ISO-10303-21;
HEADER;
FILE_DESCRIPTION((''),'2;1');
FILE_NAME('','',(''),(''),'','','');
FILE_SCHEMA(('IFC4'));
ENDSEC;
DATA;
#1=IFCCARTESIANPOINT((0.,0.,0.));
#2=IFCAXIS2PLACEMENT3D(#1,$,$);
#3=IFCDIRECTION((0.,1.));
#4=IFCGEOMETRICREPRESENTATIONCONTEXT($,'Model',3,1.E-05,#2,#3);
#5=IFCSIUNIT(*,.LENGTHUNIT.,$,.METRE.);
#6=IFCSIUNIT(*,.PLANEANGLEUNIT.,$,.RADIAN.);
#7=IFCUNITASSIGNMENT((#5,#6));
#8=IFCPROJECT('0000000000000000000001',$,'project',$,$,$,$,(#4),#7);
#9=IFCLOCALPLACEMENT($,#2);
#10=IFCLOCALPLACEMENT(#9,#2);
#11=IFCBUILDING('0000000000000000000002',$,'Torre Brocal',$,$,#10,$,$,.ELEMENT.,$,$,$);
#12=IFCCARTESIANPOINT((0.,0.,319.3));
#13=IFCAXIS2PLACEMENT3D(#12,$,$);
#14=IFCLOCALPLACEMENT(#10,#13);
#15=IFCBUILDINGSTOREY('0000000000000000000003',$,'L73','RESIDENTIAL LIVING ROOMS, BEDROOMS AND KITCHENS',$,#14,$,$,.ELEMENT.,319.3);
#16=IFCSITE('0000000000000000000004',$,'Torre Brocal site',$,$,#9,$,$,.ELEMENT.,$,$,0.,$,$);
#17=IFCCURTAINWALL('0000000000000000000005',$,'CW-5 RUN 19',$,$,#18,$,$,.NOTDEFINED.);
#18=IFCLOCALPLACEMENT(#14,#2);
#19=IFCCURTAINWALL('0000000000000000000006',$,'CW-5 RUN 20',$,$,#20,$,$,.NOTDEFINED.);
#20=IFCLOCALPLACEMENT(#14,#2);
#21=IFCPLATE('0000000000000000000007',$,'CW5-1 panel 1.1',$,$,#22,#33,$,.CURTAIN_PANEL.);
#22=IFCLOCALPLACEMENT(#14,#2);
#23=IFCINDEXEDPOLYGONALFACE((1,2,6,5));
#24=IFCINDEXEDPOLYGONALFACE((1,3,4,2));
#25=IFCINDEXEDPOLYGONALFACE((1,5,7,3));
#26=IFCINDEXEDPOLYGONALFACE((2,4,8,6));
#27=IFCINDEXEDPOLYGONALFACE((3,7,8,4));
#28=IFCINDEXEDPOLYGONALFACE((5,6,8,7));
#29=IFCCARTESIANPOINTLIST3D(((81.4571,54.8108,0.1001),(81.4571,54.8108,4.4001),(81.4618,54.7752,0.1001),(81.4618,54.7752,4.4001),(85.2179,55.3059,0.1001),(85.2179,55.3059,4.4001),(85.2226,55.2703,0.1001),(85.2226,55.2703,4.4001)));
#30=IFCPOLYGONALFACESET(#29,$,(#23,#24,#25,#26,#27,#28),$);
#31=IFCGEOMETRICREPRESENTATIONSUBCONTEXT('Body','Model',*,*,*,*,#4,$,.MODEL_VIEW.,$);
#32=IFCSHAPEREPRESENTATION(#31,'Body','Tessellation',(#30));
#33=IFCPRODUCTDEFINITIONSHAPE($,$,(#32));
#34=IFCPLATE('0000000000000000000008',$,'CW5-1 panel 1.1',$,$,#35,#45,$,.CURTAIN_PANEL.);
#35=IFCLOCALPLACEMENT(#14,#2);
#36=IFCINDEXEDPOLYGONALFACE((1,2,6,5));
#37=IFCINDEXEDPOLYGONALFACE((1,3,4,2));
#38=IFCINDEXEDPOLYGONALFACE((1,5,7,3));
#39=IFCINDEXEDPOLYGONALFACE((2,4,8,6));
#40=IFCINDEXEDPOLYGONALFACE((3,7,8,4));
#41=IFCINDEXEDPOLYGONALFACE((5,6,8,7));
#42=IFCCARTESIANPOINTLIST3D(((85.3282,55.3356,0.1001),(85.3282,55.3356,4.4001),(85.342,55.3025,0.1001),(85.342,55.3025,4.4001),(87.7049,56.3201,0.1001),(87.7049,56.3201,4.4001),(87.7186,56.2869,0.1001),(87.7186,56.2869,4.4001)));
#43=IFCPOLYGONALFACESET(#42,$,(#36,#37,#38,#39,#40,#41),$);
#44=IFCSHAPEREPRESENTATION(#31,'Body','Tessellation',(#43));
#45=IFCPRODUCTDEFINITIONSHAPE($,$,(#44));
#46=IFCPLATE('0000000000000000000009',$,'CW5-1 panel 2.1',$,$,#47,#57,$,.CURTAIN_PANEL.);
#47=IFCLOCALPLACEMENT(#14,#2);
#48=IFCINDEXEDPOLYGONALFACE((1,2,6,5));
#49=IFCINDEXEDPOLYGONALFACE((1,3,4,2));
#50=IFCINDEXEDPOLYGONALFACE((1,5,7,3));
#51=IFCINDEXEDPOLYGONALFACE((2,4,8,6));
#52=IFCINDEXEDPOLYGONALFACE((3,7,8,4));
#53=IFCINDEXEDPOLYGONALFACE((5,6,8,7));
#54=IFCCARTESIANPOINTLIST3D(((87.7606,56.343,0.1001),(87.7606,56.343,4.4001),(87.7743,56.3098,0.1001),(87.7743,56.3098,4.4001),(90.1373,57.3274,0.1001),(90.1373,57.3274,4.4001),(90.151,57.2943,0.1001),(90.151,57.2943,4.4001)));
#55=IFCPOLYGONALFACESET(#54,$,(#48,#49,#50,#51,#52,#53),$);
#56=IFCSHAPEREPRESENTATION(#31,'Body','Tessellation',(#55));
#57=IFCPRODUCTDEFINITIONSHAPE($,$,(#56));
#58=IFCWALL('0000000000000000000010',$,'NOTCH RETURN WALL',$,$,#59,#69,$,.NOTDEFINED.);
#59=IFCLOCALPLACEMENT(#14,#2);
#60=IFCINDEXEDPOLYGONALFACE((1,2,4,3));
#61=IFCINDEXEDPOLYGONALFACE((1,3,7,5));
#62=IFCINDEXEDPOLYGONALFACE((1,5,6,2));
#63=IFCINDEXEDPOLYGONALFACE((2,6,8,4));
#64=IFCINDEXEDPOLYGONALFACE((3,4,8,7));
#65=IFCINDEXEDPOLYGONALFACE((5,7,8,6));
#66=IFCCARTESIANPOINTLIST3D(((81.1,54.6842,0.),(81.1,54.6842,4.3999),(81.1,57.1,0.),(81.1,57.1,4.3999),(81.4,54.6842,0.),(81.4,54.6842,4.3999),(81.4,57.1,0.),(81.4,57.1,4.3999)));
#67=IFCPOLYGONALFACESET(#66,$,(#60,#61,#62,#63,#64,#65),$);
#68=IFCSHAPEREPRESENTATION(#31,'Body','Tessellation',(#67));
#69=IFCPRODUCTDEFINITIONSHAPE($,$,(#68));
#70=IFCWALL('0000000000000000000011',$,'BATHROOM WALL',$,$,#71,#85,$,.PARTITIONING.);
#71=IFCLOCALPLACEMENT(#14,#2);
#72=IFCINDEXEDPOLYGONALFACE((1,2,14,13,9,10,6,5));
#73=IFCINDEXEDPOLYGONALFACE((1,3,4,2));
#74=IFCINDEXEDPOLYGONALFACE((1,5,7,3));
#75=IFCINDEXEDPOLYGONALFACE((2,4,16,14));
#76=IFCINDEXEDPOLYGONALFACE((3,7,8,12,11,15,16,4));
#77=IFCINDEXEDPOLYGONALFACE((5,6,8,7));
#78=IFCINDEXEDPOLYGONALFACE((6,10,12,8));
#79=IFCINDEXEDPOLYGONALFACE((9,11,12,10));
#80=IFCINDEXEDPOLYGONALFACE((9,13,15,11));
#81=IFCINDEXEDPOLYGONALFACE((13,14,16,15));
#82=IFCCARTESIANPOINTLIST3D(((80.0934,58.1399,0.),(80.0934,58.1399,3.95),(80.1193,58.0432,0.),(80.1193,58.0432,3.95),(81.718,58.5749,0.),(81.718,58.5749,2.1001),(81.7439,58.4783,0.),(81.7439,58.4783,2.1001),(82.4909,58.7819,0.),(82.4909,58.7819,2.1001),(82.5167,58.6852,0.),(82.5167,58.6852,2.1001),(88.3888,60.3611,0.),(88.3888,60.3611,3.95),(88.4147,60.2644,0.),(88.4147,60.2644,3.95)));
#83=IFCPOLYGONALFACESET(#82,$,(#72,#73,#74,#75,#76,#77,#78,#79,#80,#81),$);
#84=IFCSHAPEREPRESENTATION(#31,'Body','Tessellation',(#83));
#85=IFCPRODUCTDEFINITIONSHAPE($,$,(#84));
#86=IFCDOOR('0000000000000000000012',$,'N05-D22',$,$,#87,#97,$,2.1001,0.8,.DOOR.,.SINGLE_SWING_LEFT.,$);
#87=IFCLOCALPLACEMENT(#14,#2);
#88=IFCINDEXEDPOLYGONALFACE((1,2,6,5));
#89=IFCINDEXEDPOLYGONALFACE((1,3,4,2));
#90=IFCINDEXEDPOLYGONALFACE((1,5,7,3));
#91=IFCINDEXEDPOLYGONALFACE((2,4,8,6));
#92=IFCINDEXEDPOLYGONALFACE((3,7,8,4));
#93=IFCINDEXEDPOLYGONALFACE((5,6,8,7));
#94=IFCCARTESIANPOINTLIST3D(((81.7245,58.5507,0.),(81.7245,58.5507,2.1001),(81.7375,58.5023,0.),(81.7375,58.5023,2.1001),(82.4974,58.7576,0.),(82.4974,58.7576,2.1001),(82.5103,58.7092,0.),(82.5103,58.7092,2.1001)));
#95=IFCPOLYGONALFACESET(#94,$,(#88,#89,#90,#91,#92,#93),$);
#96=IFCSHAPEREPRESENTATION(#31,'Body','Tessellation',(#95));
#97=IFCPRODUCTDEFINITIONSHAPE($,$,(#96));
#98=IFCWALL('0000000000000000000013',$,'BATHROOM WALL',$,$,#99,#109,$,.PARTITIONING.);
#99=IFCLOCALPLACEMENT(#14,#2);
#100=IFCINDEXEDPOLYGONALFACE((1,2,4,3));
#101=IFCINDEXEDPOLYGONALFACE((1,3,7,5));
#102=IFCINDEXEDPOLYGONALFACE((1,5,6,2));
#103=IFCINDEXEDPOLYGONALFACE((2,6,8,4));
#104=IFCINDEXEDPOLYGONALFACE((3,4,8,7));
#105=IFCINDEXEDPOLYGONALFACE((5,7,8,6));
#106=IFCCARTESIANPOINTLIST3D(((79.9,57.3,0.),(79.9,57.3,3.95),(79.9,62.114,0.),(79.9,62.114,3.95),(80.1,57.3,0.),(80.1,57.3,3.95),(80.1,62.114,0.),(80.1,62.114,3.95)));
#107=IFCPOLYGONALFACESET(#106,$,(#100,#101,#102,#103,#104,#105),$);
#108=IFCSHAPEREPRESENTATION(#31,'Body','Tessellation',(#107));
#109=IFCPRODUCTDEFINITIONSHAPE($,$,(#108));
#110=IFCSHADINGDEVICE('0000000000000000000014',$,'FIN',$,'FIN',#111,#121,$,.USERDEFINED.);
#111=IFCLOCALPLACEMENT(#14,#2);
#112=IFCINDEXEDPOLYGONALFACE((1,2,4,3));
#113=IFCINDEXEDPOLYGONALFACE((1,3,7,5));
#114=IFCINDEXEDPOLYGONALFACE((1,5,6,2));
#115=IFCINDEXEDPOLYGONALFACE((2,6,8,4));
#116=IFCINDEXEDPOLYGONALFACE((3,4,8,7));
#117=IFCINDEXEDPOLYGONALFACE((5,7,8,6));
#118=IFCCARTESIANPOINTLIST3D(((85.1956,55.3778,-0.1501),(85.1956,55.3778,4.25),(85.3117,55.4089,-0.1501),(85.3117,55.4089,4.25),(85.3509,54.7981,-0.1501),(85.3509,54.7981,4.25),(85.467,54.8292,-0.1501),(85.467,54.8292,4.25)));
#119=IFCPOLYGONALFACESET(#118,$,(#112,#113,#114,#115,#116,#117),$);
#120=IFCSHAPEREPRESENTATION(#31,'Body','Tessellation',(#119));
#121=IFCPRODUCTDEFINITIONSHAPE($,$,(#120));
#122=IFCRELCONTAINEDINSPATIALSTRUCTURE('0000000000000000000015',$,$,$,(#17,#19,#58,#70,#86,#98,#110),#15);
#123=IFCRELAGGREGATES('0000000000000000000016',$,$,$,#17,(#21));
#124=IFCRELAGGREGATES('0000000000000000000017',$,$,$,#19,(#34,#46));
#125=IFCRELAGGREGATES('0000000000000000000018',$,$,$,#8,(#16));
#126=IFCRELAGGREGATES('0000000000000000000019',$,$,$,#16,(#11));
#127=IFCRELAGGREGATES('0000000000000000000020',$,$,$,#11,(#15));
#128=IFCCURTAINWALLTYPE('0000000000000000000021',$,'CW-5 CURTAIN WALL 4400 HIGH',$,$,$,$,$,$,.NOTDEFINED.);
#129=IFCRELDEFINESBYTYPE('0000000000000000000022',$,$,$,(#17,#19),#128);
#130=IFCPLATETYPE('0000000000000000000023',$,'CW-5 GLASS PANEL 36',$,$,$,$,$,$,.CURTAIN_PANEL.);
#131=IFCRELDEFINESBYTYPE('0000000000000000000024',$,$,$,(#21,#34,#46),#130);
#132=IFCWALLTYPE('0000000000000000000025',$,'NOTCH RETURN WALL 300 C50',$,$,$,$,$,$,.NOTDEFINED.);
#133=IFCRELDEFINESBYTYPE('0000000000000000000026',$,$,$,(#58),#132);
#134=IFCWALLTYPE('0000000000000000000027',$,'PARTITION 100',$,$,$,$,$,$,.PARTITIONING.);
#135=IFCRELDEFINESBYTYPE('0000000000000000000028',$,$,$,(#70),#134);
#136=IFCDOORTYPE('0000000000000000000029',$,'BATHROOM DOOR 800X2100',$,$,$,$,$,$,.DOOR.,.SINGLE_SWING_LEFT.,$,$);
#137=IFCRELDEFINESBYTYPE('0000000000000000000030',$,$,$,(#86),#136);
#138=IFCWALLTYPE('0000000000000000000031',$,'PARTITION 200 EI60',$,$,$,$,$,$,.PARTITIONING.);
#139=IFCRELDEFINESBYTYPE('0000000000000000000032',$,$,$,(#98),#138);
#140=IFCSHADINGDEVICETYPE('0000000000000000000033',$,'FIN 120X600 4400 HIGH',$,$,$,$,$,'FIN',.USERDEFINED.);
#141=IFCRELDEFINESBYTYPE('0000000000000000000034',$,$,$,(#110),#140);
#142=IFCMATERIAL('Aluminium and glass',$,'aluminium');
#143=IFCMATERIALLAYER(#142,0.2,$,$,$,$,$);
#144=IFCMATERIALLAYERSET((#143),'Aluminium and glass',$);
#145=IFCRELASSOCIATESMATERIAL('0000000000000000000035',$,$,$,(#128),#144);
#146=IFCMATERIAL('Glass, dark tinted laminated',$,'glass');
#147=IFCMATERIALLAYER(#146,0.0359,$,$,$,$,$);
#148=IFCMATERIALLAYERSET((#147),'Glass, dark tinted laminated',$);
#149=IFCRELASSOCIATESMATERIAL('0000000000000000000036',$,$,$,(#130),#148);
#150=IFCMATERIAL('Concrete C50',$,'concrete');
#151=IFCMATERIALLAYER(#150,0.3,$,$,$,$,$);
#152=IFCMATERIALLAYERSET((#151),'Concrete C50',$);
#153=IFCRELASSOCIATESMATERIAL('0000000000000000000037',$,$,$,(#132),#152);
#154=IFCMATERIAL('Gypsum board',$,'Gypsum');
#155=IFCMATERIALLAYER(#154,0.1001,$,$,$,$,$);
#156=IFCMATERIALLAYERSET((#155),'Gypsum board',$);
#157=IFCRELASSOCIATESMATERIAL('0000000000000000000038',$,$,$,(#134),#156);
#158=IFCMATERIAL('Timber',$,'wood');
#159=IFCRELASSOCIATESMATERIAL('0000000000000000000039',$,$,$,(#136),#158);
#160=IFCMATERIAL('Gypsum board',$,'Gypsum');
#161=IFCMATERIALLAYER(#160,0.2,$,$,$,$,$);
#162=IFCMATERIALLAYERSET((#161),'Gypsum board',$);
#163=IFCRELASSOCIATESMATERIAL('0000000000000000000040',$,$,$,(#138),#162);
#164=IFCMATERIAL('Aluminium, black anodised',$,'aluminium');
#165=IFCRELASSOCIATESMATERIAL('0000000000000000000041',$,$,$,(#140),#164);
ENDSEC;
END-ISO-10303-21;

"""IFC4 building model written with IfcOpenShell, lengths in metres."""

from ifc_helpers import new_model, si_unit, direction, frame, frame_2d, origin, origin_2d, place, context, subcontext, project, spatial, rectangle, extrude, material, layer, layer_set, material_profile, profile_set, type_object, element, fill, aggregate, save


model = new_model("IFC4")

# Units and contexts
model_context = context("Model", 3, precision=1e-05, world=origin(), true_north=direction((0.0, 1.0)))
body_context = subcontext(model_context, "Body", "Model", "MODEL_VIEW")
ifc_project = project(units=[si_unit("LENGTHUNIT", "METRE"), si_unit("PLANEANGLEUNIT", "RADIAN")], contexts=[model_context])

# Site, building, storey
site_placement = place(None, origin())
site = spatial("IfcSite", under=ifc_project, at=site_placement, Name="Torre Brocal site", CompositionType="ELEMENT", RefElevation=0.0)
building_placement = place(site_placement, origin())
building = spatial("IfcBuilding", under=site, at=building_placement, Name="Torre Brocal", CompositionType="ELEMENT")
storey_placement = place(building_placement, frame((0.0, 0.0, 319.3)))
storey = spatial("IfcBuildingStorey", under=building, at=storey_placement, Name="L73", Description="RESIDENTIAL LIVING ROOMS, BEDROOMS AND KITCHENS", CompositionType="ELEMENT", Elevation=319.3)

# Curtain walls
ifc_material_1 = material(Name="Aluminium and glass", Category="aluminium")
ifc_layer_1 = layer(ifc_material_1, 0.2)
ifc_layer_set_1 = layer_set([ifc_layer_1], Name="Aluminium and glass")
curtain_wall_type = type_object("IfcCurtainWallType", Name="CW-5 CURTAIN WALL 4400 HIGH", PredefinedType="NOTDEFINED", material=ifc_layer_set_1)
curtain_wall_1_placement = place(storey_placement, origin())
curtain_wall_1 = element("IfcCurtainWall", 1, at=curtain_wall_1_placement, inside=storey, type_object=curtain_wall_type, Name="CW-5 RUN 19", PredefinedType="NOTDEFINED")
curtain_wall_2_placement = place(storey_placement, origin())
curtain_wall_2 = element("IfcCurtainWall", 2, at=curtain_wall_2_placement, inside=storey, type_object=curtain_wall_type, Name="CW-5 RUN 20", PredefinedType="NOTDEFINED")

# Plates
ifc_material_2 = material(Name="Glass, dark tinted laminated", Category="glass")
ifc_layer_2 = layer(ifc_material_2, 0.0359)
ifc_layer_set_2 = layer_set([ifc_layer_2], Name="Glass, dark tinted laminated")
plate_type = type_object("IfcPlateType", Name="CW-5 GLASS PANEL 36", PredefinedType="CURTAIN_PANEL", material=ifc_layer_set_2)
plate_1_placement = place(storey_placement, frame((83.3398, 55.0405, 0.1001), z_axis=(0.0, 0.0, 1.0), x_axis=(0.991445, 0.130526, 0.0)))
plate_1 = element("IfcPlate", 3, at=plate_1_placement, type_object=plate_type, Name="CW5-1 panel 1.1", PredefinedType="CURTAIN_PANEL", context=body_context, shape_type="SweptSolid", body=[
    extrude(rectangle(XDim=3.7932, YDim=0.0359, at=origin_2d()), origin(), (0.0, 0.0, 1.0), 4.3),
])
aggregate(curtain_wall_1, [plate_1])
plate_2_placement = place(storey_placement, frame((86.5234, 55.8113, 0.1001), z_axis=(0.0, 0.0, 1.0), x_axis=(0.92388, 0.382683, 0.0)))
plate_2 = element("IfcPlate", 4, at=plate_2_placement, type_object=plate_type, Name="CW5-1 panel 1.1", PredefinedType="CURTAIN_PANEL", context=body_context, shape_type="SweptSolid", body=[
    extrude(rectangle(XDim=2.5725, YDim=0.0359, at=origin_2d()), origin(), (0.0, 0.0, 1.0), 4.3),
])
plate_3_placement = place(storey_placement, frame((88.9558, 56.8186, 0.1001), z_axis=(0.0, 0.0, 1.0), x_axis=(0.92388, 0.382683, 0.0)))
plate_3 = element("IfcPlate", 5, at=plate_3_placement, type_object=plate_type, Name="CW5-1 panel 2.1", PredefinedType="CURTAIN_PANEL", context=body_context, shape_type="SweptSolid", body=[
    extrude(rectangle(XDim=2.5725, YDim=0.0359, at=origin_2d()), origin(), (0.0, 0.0, 1.0), 4.3),
])
aggregate(curtain_wall_2, [plate_2, plate_3])

# Wall
ifc_material_3 = material(Name="Concrete C50", Category="concrete")
ifc_layer_3 = layer(ifc_material_3, 0.3)
ifc_layer_set_3 = layer_set([ifc_layer_3], Name="Concrete C50")
wall_type_1 = type_object("IfcWallType", Name="NOTCH RETURN WALL 300 C50", PredefinedType="NOTDEFINED", material=ifc_layer_set_3)
wall_1_placement = place(storey_placement, frame((81.25, 57.1001, 0.0), z_axis=(0.0, 0.0, 1.0), x_axis=(0.0, -1.0, 0.0)))
element("IfcWall", 6, at=wall_1_placement, inside=storey, type_object=wall_type_1, Name="NOTCH RETURN WALL", PredefinedType="NOTDEFINED", context=body_context, shape_type="SweptSolid", body=[
    extrude(rectangle(XDim=2.4158, YDim=0.3, at=frame_2d((1.208, 0.0))), origin(), (0.0, 0.0, 1.0), 4.3999),
])

# Wall, opening, door
ifc_material_4 = material(Name="Gypsum board", Category="Gypsum")
ifc_layer_4 = layer(ifc_material_4, 0.1001)
ifc_layer_set_4 = layer_set([ifc_layer_4], Name="Gypsum board")
wall_type_2 = type_object("IfcWallType", Name="PARTITION 100", PredefinedType="PARTITIONING", material=ifc_layer_set_4)
wall_2_placement = place(storey_placement, frame((80.1062, 58.0916, 0.0), z_axis=(0.0, 0.0, 1.0), x_axis=(0.965971, 0.25865, 0.0)))
wall_2 = element("IfcWall", 7, at=wall_2_placement, inside=storey, type_object=wall_type_2, Name="BATHROOM WALL", PredefinedType="PARTITIONING", context=body_context, shape_type="SweptSolid", body=[
    extrude(rectangle(XDim=8.5876, YDim=0.1001, at=frame_2d((4.2939, 0.0))), origin(), (0.0, 0.0, 1.0), 3.95),
])
opening_placement = place(wall_2_placement, frame((1.6821, 0.0, 0.0)))
opening = element("IfcOpeningElement", 8, at=opening_placement, cuts=wall_2, PredefinedType="OPENING", context=body_context, shape_type="SweptSolid", body=[
    extrude(rectangle(XDim=0.8, YDim=2.1001, at=frame_2d((0.3999, 1.05))), frame((0.0, 0.0601, 0.0), z_axis=(0.0, -1.0, 0.0), x_axis=(1.0, 0.0, 0.0)), (0.0, 0.0, 1.0), 0.1201),
])
ifc_material_5 = material(Name="Timber", Category="wood")
door_type = type_object("IfcDoorType", Name="BATHROOM DOOR 800X2100", OperationType="SINGLE_SWING_LEFT", PredefinedType="DOOR", material=ifc_material_5)
door_placement = place(opening_placement, origin())
door = element("IfcDoor", 9, at=door_placement, inside=storey, type_object=door_type, Name="N05-D22", OperationType="SINGLE_SWING_LEFT", OverallHeight=2.1001, OverallWidth=0.8, PredefinedType="DOOR", context=body_context, shape_type="SweptSolid", body=[
    extrude(rectangle(XDim=0.8, YDim=2.1001, at=frame_2d((0.3999, 1.05))), frame((0.0, 0.0249, 0.0), z_axis=(0.0, -1.0, 0.0), x_axis=(1.0, 0.0, 0.0)), (0.0, 0.0, 1.0), 0.05),
])
fill(opening, door)

# Wall
ifc_material_6 = material(Name="Gypsum board", Category="Gypsum")
ifc_layer_5 = layer(ifc_material_6, 0.2)
ifc_layer_set_5 = layer_set([ifc_layer_5], Name="Gypsum board")
wall_type_3 = type_object("IfcWallType", Name="PARTITION 200 EI60", PredefinedType="PARTITIONING", material=ifc_layer_set_5)
wall_3_placement = place(storey_placement, frame((80.0, 57.3, 0.0), z_axis=(0.0, 0.0, 1.0), x_axis=(0.0, 1.0, 0.0)))
element("IfcWall", 10, at=wall_3_placement, inside=storey, type_object=wall_type_3, Name="BATHROOM WALL", PredefinedType="PARTITIONING", context=body_context, shape_type="SweptSolid", body=[
    extrude(rectangle(XDim=4.814, YDim=0.2, at=frame_2d((2.407, 0.0))), origin(), (0.0, 0.0, 1.0), 3.95),
])

# Shading device
ifc_material_7 = material(Name="Aluminium, black anodised", Category="aluminium")
ifc_material_profile_1 = material_profile(ifc_material_7, rectangle(XDim=0.1201, YDim=0.6001, at=origin_2d()), Name="FIN 120X600 4400 HIGH")
ifc_profile_set_1 = profile_set([ifc_material_profile_1], Name="Aluminium, black anodised")
shading_device_type = type_object("IfcShadingDeviceType", Name="FIN 120X600 4400 HIGH", ElementType="FIN", PredefinedType="USERDEFINED", material=ifc_profile_set_1)
shading_device_placement = place(storey_placement, frame((85.3313, 55.1035, -0.1501), z_axis=(0.0, 0.0, 1.0), x_axis=(0.965926, 0.258819, 0.0)))
element("IfcShadingDevice", 11, at=shading_device_placement, inside=storey, type_object=shading_device_type, Name="FIN", ObjectType="FIN", PredefinedType="USERDEFINED", context=body_context, shape_type="SweptSolid", body=[
    extrude(rectangle(XDim=0.1201, YDim=0.6001, at=origin_2d()), origin(), (0.0, 0.0, 1.0), 4.4001),
])

save(model, "model.ifc")
